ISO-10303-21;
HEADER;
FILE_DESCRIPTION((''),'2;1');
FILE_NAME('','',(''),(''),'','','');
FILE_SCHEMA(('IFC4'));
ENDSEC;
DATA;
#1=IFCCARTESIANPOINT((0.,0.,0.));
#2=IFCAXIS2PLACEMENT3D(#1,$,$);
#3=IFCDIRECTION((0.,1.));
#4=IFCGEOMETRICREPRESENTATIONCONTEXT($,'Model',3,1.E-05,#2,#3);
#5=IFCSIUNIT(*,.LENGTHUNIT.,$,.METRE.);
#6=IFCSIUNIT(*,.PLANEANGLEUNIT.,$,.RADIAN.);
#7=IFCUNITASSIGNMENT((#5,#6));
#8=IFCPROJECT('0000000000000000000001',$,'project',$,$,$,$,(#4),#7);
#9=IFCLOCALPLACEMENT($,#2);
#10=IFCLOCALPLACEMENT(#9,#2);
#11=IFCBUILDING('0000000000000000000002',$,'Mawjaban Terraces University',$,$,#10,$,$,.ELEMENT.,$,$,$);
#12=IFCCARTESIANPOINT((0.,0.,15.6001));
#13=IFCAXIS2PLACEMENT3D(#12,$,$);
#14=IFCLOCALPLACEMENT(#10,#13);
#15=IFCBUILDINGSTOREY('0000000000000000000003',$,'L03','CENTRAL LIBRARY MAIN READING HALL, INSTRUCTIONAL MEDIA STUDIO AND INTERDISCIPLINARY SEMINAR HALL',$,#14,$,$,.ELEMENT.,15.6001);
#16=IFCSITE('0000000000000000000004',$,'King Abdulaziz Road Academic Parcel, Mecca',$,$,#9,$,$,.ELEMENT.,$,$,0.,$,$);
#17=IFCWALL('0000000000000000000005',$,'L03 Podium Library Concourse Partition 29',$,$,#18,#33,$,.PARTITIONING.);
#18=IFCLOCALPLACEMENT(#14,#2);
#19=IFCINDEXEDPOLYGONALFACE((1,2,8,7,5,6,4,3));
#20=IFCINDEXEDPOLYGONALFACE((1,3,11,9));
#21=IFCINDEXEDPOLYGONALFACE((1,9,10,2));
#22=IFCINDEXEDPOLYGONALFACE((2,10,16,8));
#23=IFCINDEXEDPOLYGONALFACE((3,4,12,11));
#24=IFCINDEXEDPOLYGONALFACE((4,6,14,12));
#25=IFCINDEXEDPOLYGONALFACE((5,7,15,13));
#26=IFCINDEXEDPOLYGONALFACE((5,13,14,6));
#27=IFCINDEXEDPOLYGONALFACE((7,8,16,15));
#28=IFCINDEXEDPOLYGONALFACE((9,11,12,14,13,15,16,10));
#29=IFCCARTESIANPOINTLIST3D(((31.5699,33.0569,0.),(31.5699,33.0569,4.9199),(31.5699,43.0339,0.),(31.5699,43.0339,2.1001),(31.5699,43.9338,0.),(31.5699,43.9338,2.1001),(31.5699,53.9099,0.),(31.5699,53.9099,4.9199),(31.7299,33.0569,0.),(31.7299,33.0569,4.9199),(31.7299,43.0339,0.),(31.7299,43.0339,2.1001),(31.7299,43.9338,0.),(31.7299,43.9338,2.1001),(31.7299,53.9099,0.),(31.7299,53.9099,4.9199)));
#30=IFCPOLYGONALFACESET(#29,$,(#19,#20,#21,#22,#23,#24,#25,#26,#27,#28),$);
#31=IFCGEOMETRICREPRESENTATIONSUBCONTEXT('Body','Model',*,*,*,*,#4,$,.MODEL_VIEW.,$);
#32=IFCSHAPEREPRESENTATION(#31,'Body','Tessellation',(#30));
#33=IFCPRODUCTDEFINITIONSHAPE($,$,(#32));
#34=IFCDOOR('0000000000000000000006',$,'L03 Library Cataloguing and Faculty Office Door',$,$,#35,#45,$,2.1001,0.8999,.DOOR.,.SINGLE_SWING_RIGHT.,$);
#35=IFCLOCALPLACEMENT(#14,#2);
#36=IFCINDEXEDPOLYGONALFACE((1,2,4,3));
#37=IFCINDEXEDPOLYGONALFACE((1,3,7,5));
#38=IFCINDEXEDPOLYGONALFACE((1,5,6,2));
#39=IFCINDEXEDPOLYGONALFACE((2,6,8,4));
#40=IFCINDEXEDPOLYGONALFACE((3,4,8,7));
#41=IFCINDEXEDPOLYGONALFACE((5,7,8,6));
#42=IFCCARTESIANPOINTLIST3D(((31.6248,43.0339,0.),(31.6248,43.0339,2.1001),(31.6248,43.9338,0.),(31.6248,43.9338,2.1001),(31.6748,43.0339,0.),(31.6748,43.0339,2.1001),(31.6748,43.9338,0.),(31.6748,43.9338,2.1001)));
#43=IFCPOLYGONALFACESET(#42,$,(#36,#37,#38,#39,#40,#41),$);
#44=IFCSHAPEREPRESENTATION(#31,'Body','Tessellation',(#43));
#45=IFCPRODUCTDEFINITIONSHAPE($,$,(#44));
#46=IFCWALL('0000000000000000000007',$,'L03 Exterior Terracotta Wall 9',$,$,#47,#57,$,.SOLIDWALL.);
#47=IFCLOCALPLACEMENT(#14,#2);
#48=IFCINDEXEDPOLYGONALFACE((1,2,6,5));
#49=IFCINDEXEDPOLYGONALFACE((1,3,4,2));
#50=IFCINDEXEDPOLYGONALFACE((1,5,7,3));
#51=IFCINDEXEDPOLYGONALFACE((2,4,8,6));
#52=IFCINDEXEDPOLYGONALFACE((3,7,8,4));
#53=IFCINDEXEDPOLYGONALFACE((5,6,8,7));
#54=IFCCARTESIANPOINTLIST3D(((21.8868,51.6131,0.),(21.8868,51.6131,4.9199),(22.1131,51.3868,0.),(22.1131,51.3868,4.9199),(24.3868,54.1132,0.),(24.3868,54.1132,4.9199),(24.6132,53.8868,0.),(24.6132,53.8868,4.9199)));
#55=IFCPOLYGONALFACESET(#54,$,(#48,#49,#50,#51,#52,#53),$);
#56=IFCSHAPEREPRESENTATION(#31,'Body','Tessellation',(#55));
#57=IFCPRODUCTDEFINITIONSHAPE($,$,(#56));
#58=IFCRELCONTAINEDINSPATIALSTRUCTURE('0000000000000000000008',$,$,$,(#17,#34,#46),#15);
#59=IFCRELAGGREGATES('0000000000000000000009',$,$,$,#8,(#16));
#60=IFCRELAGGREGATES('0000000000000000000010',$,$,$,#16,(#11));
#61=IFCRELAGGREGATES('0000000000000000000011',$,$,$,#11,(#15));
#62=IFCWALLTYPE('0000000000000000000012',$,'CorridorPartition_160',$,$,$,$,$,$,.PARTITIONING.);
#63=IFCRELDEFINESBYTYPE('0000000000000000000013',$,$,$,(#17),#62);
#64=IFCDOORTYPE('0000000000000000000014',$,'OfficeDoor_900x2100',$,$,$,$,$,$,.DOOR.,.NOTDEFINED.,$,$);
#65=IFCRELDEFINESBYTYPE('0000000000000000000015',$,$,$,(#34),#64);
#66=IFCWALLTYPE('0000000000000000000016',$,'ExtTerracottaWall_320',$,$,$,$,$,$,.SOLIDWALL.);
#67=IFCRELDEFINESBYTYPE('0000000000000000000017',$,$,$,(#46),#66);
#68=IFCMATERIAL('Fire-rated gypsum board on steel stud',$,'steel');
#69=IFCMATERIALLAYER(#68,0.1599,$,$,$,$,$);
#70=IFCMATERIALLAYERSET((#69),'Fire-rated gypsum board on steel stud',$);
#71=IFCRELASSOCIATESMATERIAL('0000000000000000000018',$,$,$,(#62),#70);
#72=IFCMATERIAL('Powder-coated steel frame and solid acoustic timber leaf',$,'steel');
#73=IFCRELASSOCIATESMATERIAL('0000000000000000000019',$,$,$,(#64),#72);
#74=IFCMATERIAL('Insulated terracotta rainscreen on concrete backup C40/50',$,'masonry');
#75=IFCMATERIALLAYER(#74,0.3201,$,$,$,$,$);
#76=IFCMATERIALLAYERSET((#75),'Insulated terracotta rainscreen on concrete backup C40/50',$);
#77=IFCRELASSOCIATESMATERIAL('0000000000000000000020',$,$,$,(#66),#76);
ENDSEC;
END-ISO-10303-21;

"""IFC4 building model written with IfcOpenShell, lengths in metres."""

from ifc_helpers import new_model, si_unit, direction, frame, frame_2d, origin, place, context, subcontext, project, spatial, rectangle, extrude, material, layer, layer_set, type_object, element, fill, save


model = new_model("IFC4")

# Units and contexts
model_context = context("Model", 3, precision=1e-05, world=origin(), true_north=direction((0.0, 1.0)))
body_context = subcontext(model_context, "Body", "Model", "MODEL_VIEW")
ifc_project = project(units=[si_unit("LENGTHUNIT", "METRE"), si_unit("PLANEANGLEUNIT", "RADIAN")], contexts=[model_context])

# Site, building, storey
site_placement = place(None, origin())
site = spatial("IfcSite", under=ifc_project, at=site_placement, Name="King Abdulaziz Road Academic Parcel, Mecca", CompositionType="ELEMENT", RefElevation=0.0)
building_placement = place(site_placement, origin())
building = spatial("IfcBuilding", under=site, at=building_placement, Name="Mawjaban Terraces University", CompositionType="ELEMENT")
storey_placement = place(building_placement, frame((0.0, 0.0, 15.6001)))
storey = spatial("IfcBuildingStorey", under=building, at=storey_placement, Name="L03", Description="CENTRAL LIBRARY MAIN READING HALL, INSTRUCTIONAL MEDIA STUDIO AND INTERDISCIPLINARY SEMINAR HALL", CompositionType="ELEMENT", Elevation=15.6001)

# Wall, opening, door
ifc_material_1 = material(Name="Fire-rated gypsum board on steel stud", Category="steel")
ifc_layer_1 = layer(ifc_material_1, 0.1599)
ifc_layer_set_1 = layer_set([ifc_layer_1], Name="Fire-rated gypsum board on steel stud")
wall_type_1 = type_object("IfcWallType", Name="CorridorPartition_160", PredefinedType="PARTITIONING", material=ifc_layer_set_1)
wall_1_placement = place(storey_placement, frame((31.6499, 53.9099, 0.0), z_axis=(0.0, 0.0, 1.0), x_axis=(0.0, -1.0, 0.0)))
wall_1 = element("IfcWall", 1, at=wall_1_placement, inside=storey, type_object=wall_type_1, Name="L03 Podium Library Concourse Partition 29", PredefinedType="PARTITIONING", context=body_context, shape_type="SweptSolid", body=[
    extrude(rectangle(XDim=20.853, YDim=0.1599, at=frame_2d((10.4265, 0.0))), origin(), (0.0, 0.0, 1.0), 4.9199),
])
opening_1_placement = place(wall_1_placement, frame((9.9761, 0.0, 0.0)))
opening_1 = element("IfcOpeningElement", 2, at=opening_1_placement, cuts=wall_1, PredefinedType="OPENING", context=body_context, shape_type="SweptSolid", body=[
    extrude(rectangle(XDim=0.8999, YDim=2.1001, at=frame_2d((0.45, 1.05))), frame((0.0, 0.0898, 0.0), z_axis=(0.0, -1.0, 0.0), x_axis=(1.0, 0.0, 0.0)), (0.0, 0.0, 1.0), 0.1799),
])
ifc_material_2 = material(Name="Powder-coated steel frame and solid acoustic timber leaf", Category="steel")
door_type = type_object("IfcDoorType", Name="OfficeDoor_900x2100", OperationType="NOTDEFINED", PredefinedType="DOOR", material=ifc_material_2)
door_placement = place(opening_1_placement, origin())
door = element("IfcDoor", 3, at=door_placement, inside=storey, type_object=door_type, Name="L03 Library Cataloguing and Faculty Office Door", OperationType="SINGLE_SWING_RIGHT", OverallHeight=2.1001, OverallWidth=0.8999, PredefinedType="DOOR", context=body_context, shape_type="SweptSolid", body=[
    extrude(rectangle(XDim=0.8999, YDim=2.1001, at=frame_2d((0.45, 1.05))), frame((0.0, 0.0249, 0.0), z_axis=(0.0, -1.0, 0.0), x_axis=(1.0, 0.0, 0.0)), (0.0, 0.0, 1.0), 0.05),
])
fill(opening_1, door)

# Wall
ifc_material_3 = material(Name="Insulated terracotta rainscreen on concrete backup C40/50", Category="masonry")
ifc_layer_2 = layer(ifc_material_3, 0.3201)
ifc_layer_set_2 = layer_set([ifc_layer_2], Name="Insulated terracotta rainscreen on concrete backup C40/50")
wall_type_2 = type_object("IfcWallType", Name="ExtTerracottaWall_320", PredefinedType="SOLIDWALL", material=ifc_layer_set_2)
wall_2_placement = place(storey_placement, frame((24.5, 54.0, 0.0), z_axis=(0.0, 0.0, 1.0), x_axis=(-0.707107, -0.707107, 0.0)))
element("IfcWall", 4, at=wall_2_placement, inside=storey, type_object=wall_type_2, Name="L03 Exterior Terracotta Wall 9", PredefinedType="SOLIDWALL", context=body_context, shape_type="SweptSolid", body=[
    extrude(rectangle(XDim=3.5356, YDim=0.3201, at=frame_2d((1.7678, 0.0))), origin(), (0.0, 0.0, 1.0), 4.9199),
])

save(model, "model.ifc")
